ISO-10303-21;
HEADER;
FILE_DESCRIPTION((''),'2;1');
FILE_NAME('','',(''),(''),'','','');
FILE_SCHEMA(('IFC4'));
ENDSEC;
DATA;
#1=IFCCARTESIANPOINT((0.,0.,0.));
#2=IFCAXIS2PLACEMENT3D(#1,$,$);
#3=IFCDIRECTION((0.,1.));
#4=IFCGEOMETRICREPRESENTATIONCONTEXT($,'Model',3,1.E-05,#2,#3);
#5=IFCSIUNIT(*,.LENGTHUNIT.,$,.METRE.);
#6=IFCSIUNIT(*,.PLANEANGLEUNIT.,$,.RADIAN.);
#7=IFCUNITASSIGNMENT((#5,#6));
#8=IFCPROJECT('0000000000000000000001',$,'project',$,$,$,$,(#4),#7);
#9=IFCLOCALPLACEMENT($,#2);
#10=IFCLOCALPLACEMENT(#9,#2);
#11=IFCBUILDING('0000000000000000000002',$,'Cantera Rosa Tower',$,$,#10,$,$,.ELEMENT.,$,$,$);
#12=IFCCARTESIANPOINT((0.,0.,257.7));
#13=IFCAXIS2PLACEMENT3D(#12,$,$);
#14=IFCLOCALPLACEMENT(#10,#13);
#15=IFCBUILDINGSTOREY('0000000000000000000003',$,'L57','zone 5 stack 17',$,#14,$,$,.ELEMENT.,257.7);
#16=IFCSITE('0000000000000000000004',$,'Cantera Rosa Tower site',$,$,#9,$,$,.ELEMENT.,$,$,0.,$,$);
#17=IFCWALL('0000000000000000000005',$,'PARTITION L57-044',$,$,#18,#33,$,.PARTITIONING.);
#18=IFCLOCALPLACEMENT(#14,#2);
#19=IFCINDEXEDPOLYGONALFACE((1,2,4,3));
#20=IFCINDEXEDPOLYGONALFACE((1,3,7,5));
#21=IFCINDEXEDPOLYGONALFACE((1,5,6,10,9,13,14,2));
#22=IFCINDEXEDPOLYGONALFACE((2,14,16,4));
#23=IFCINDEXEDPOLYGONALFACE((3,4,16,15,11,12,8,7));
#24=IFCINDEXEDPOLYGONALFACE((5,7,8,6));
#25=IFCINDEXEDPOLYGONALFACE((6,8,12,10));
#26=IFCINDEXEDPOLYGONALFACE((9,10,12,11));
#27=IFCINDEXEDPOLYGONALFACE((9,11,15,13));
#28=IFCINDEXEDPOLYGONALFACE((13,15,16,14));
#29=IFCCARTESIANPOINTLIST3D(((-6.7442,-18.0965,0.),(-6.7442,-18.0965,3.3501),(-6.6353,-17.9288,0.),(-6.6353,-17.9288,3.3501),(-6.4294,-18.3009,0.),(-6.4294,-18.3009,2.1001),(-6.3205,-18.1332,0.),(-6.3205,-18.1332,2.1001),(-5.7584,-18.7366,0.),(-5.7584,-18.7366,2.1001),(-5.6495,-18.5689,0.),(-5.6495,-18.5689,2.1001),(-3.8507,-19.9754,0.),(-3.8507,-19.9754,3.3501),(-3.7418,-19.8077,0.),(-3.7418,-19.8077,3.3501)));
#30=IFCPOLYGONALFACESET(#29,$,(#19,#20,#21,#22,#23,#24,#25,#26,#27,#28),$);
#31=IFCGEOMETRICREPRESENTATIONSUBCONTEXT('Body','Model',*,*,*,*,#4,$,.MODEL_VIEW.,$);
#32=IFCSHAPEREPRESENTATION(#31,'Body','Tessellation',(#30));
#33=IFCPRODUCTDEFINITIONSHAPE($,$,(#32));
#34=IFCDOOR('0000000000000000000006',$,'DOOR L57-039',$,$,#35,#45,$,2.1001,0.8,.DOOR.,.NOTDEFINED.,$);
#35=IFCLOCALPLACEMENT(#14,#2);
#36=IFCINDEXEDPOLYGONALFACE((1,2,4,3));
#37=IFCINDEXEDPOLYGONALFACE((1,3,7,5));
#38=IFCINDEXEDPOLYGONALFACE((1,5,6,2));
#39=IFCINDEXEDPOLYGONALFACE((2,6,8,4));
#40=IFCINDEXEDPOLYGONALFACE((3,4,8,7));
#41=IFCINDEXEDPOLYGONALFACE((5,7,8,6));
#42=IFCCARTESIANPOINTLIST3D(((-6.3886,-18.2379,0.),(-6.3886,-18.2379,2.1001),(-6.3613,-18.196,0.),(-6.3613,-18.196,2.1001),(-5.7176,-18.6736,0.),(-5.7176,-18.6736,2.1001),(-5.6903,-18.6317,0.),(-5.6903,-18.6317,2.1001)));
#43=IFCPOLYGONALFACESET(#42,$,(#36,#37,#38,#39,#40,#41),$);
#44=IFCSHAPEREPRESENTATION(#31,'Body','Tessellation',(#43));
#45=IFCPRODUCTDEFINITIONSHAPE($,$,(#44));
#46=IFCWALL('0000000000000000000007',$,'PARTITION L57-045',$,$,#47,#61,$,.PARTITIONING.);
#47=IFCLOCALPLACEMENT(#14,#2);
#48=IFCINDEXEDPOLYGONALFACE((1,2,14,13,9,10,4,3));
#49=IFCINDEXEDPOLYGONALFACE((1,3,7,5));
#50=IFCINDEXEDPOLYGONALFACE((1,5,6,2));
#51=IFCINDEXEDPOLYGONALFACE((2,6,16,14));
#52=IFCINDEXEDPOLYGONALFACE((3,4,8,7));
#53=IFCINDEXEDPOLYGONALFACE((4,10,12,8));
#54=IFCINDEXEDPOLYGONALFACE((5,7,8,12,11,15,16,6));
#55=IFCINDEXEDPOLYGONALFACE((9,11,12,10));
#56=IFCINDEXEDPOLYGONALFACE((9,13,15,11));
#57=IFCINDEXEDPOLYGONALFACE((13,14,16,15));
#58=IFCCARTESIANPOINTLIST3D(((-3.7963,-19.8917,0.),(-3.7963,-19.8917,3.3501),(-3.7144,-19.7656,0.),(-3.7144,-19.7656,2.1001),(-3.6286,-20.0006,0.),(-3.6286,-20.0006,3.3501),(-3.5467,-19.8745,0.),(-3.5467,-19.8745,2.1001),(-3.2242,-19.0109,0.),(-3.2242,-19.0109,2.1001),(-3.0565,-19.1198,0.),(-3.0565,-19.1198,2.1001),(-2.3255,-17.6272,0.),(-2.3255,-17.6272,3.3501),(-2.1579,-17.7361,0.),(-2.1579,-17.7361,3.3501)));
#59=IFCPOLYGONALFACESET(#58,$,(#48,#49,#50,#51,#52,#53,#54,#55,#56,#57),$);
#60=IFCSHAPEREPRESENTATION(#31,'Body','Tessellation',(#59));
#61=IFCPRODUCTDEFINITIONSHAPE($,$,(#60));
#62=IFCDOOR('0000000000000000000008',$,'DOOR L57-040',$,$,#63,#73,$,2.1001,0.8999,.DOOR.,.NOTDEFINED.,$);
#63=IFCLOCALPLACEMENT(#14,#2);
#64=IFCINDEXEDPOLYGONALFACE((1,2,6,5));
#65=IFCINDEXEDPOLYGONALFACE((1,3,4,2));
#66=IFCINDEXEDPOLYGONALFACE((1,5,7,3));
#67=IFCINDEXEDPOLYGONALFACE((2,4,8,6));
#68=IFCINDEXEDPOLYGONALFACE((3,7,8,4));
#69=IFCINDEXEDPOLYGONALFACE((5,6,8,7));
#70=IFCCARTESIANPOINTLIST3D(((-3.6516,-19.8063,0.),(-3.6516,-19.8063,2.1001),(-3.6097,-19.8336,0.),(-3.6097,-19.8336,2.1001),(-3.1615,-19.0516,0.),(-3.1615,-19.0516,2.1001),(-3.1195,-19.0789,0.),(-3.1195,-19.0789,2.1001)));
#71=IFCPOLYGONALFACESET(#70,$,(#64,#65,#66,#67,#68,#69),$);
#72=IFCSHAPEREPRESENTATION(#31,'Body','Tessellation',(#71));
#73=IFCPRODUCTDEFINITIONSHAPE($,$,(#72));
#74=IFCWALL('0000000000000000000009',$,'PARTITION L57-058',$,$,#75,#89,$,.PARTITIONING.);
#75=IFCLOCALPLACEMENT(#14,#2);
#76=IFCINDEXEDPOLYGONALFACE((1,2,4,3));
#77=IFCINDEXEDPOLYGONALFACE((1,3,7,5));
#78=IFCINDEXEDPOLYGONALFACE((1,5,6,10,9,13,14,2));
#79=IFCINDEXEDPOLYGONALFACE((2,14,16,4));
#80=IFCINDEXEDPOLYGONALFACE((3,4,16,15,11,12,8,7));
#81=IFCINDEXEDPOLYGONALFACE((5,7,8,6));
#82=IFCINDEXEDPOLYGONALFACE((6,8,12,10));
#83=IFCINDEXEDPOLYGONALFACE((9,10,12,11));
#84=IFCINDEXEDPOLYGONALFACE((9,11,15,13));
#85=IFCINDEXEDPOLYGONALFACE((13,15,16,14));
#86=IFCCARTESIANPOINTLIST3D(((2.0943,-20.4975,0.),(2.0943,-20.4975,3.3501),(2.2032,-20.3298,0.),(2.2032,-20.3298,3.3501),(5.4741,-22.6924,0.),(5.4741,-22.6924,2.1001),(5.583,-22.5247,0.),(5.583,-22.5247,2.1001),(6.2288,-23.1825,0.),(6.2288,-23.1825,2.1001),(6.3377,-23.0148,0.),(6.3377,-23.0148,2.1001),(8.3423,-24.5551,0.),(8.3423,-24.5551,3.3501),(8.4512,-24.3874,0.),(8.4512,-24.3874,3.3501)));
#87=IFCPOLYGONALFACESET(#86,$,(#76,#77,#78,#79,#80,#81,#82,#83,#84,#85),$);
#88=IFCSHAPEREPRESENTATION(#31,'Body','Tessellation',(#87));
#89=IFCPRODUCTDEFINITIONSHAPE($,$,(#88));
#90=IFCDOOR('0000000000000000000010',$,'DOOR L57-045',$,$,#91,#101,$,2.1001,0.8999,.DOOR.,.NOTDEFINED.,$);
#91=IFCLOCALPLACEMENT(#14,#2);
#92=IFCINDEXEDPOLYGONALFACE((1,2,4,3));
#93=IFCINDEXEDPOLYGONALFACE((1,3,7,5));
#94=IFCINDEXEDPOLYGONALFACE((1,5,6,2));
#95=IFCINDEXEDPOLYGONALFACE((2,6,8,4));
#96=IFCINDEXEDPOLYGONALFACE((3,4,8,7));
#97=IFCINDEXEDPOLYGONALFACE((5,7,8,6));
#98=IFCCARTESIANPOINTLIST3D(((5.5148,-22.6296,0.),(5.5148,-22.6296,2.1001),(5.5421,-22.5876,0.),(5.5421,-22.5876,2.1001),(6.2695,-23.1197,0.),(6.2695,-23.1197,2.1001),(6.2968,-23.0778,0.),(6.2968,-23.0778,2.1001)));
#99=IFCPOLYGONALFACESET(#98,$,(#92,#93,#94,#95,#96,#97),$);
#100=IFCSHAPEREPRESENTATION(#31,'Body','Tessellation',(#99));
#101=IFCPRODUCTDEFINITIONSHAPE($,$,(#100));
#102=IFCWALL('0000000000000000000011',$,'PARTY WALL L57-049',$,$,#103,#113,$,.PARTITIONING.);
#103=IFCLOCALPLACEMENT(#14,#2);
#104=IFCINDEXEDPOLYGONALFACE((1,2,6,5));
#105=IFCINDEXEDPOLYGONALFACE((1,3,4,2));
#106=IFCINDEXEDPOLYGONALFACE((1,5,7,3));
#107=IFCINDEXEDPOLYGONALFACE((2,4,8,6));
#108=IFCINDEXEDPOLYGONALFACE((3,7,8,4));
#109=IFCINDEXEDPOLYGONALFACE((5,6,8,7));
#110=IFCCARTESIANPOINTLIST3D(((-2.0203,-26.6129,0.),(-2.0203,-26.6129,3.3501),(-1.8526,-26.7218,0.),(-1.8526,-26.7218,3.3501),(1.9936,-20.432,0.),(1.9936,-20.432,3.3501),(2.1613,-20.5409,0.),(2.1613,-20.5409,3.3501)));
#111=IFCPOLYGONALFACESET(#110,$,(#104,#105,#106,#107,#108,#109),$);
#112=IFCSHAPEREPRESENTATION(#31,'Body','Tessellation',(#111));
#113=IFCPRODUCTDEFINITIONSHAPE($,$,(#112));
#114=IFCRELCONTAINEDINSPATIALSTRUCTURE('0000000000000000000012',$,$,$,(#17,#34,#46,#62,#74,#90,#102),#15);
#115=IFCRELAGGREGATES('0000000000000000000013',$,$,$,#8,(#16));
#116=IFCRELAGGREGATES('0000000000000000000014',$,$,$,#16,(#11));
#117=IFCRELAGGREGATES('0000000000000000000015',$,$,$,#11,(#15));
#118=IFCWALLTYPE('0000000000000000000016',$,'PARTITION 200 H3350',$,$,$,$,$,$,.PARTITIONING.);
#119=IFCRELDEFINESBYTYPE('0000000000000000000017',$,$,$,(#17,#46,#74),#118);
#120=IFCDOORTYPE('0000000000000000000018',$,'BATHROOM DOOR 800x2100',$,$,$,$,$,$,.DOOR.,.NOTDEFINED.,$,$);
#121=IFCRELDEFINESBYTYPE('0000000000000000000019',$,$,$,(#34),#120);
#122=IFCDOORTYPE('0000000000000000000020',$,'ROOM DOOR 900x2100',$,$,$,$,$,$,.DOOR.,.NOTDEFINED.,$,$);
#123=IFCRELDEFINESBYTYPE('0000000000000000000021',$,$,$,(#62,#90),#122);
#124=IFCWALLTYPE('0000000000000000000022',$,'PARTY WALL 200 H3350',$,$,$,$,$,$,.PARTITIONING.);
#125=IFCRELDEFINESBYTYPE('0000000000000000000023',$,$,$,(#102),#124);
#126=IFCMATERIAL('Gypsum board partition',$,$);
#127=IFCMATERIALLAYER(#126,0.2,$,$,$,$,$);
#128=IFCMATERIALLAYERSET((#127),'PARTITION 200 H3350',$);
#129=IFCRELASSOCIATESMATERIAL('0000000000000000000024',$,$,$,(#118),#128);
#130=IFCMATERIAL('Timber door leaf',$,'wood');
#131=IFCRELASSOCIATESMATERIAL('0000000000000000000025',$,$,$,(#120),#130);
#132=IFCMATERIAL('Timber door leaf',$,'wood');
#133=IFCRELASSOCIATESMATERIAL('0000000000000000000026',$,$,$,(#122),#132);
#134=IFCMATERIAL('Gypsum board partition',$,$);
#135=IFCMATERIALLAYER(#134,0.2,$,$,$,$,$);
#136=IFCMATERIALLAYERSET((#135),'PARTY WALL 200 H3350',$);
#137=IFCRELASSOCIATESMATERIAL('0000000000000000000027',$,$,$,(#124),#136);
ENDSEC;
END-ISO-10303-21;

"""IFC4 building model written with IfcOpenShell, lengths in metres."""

from ifc_helpers import new_model, si_unit, direction, frame, frame_2d, origin, place, context, subcontext, project, spatial, rectangle, extrude, material, layer, layer_set, type_object, element, fill, save


model = new_model("IFC4")

# Units and contexts
model_context = context("Model", 3, precision=1e-05, world=origin(), true_north=direction((0.0, 1.0)))
body_context = subcontext(model_context, "Body", "Model", "MODEL_VIEW")
ifc_project = project(units=[si_unit("LENGTHUNIT", "METRE"), si_unit("PLANEANGLEUNIT", "RADIAN")], contexts=[model_context])

# Site, building, storey
site_placement = place(None, origin())
site = spatial("IfcSite", under=ifc_project, at=site_placement, Name="Cantera Rosa Tower site", CompositionType="ELEMENT", RefElevation=0.0)
building_placement = place(site_placement, origin())
building = spatial("IfcBuilding", under=site, at=building_placement, Name="Cantera Rosa Tower", CompositionType="ELEMENT")
storey_placement = place(building_placement, frame((0.0, 0.0, 257.7)))
storey = spatial("IfcBuildingStorey", under=building, at=storey_placement, Name="L57", Description="zone 5 stack 17", CompositionType="ELEMENT", Elevation=257.7)

# Walls, openings, doors
ifc_material_1 = material(Name="Gypsum board partition")
ifc_layer_1 = layer(ifc_material_1, 0.2)
ifc_layer_set_1 = layer_set([ifc_layer_1], Name="PARTITION 200 H3350")
wall_type_1 = type_object("IfcWallType", Name="PARTITION 200 H3350", PredefinedType="PARTITIONING", material=ifc_layer_set_1)
wall_1_placement = place(storey_placement, frame((-3.7961, -19.8916, 0.0), z_axis=(0.0, 0.0, 1.0), x_axis=(-0.838696, 0.5446, 0.0)))
wall_1 = element("IfcWall", 1, at=wall_1_placement, inside=storey, type_object=wall_type_1, Name="PARTITION L57-044", PredefinedType="PARTITIONING", context=body_context, shape_type="SweptSolid", body=[
    extrude(rectangle(XDim=3.45, YDim=0.2, at=frame_2d((1.7251, 0.0))), origin(), (0.0, 0.0, 1.0), 3.3501),
])
opening_1_placement = place(wall_1_placement, frame((2.2749, 0.0, 0.0)))
opening_1 = element("IfcOpeningElement", 2, at=opening_1_placement, cuts=wall_1, PredefinedType="OPENING", context=body_context, shape_type="SweptSolid", body=[
    extrude(rectangle(XDim=0.8, YDim=2.1001, at=frame_2d((0.3999, 1.05))), frame((0.0, 0.1099, 0.0), z_axis=(0.0, -1.0, 0.0), x_axis=(1.0, 0.0, 0.0)), (0.0, 0.0, 1.0), 0.22),
])
ifc_material_2 = material(Name="Timber door leaf", Category="wood")
door_type_1 = type_object("IfcDoorType", Name="BATHROOM DOOR 800x2100", OperationType="NOTDEFINED", PredefinedType="DOOR", material=ifc_material_2)
door_1_placement = place(opening_1_placement, origin())
door_1 = element("IfcDoor", 3, at=door_1_placement, inside=storey, type_object=door_type_1, Name="DOOR L57-039", OperationType="NOTDEFINED", OverallHeight=2.1001, OverallWidth=0.8, PredefinedType="DOOR", context=body_context, shape_type="SweptSolid", body=[
    extrude(rectangle(XDim=0.8, YDim=2.1001, at=frame_2d((0.3999, 1.05))), frame((0.0, 0.0249, 0.0), z_axis=(0.0, -1.0, 0.0), x_axis=(1.0, 0.0, 0.0)), (0.0, 0.0, 1.0), 0.05),
])
fill(opening_1, door_1)
wall_2_placement = place(storey_placement, frame((-2.2417, -17.6816, 0.0), z_axis=(0.0, 0.0, 1.0), x_axis=(-0.544686, -0.83864, 0.0)))
wall_2 = element("IfcWall", 4, at=wall_2_placement, inside=storey, type_object=wall_type_1, Name="PARTITION L57-045", PredefinedType="PARTITIONING", context=body_context, shape_type="SweptSolid", body=[
    extrude(rectangle(XDim=2.7002, YDim=0.2, at=frame_2d((1.3501, 0.0))), origin(), (0.0, 0.0, 1.0), 3.3501),
])
opening_2_placement = place(wall_2_placement, frame((1.6499, 0.0, 0.0)))
opening_2 = element("IfcOpeningElement", 5, at=opening_2_placement, cuts=wall_2, PredefinedType="OPENING", context=body_context, shape_type="SweptSolid", body=[
    extrude(rectangle(XDim=0.8999, YDim=2.1001, at=frame_2d((0.45, 1.05))), frame((0.0, 0.1099, 0.0), z_axis=(0.0, -1.0, 0.0), x_axis=(1.0, 0.0, 0.0)), (0.0, 0.0, 1.0), 0.22),
])
ifc_material_3 = material(Name="Timber door leaf", Category="wood")
door_type_2 = type_object("IfcDoorType", Name="ROOM DOOR 900x2100", OperationType="NOTDEFINED", PredefinedType="DOOR", material=ifc_material_3)
door_2_placement = place(opening_2_placement, origin())
door_2 = element("IfcDoor", 6, at=door_2_placement, inside=storey, type_object=door_type_2, Name="DOOR L57-040", OperationType="NOTDEFINED", OverallHeight=2.1001, OverallWidth=0.8999, PredefinedType="DOOR", context=body_context, shape_type="SweptSolid", body=[
    extrude(rectangle(XDim=0.8999, YDim=2.1001, at=frame_2d((0.45, 1.05))), frame((0.0, 0.0249, 0.0), z_axis=(0.0, -1.0, 0.0), x_axis=(1.0, 0.0, 0.0)), (0.0, 0.0, 1.0), 0.05),
])
fill(opening_2, door_2)
wall_3_placement = place(storey_placement, frame((2.1487, -20.4136, 0.0), z_axis=(0.0, 0.0, 1.0), x_axis=(0.838665, -0.544647, 0.0)))
wall_3 = element("IfcWall", 7, at=wall_3_placement, inside=storey, type_object=wall_type_1, Name="PARTITION L57-058", PredefinedType="PARTITIONING", context=body_context, shape_type="SweptSolid", body=[
    extrude(rectangle(XDim=7.45, YDim=0.2, at=frame_2d((3.7251, 0.0))), origin(), (0.0, 0.0, 1.0), 3.3501),
])
opening_3_placement = place(wall_3_placement, frame((4.03, 0.0, 0.0)))
opening_3 = element("IfcOpeningElement", 8, at=opening_3_placement, cuts=wall_3, PredefinedType="OPENING", context=body_context, shape_type="SweptSolid", body=[
    extrude(rectangle(XDim=0.8999, YDim=2.1001, at=frame_2d((0.45, 1.05))), frame((0.0, 0.1099, 0.0), z_axis=(0.0, -1.0, 0.0), x_axis=(1.0, 0.0, 0.0)), (0.0, 0.0, 1.0), 0.22),
])
door_3_placement = place(opening_3_placement, origin())
door_3 = element("IfcDoor", 9, at=door_3_placement, inside=storey, type_object=door_type_2, Name="DOOR L57-045", OperationType="NOTDEFINED", OverallHeight=2.1001, OverallWidth=0.8999, PredefinedType="DOOR", context=body_context, shape_type="SweptSolid", body=[
    extrude(rectangle(XDim=0.8999, YDim=2.1001, at=frame_2d((0.45, 1.05))), frame((0.0, 0.0249, 0.0), z_axis=(0.0, -1.0, 0.0), x_axis=(1.0, 0.0, 0.0)), (0.0, 0.0, 1.0), 0.05),
])
fill(opening_3, door_3)

# Wall
ifc_material_4 = material(Name="Gypsum board partition")
ifc_layer_2 = layer(ifc_material_4, 0.2)
ifc_layer_set_2 = layer_set([ifc_layer_2], Name="PARTY WALL 200 H3350")
wall_type_2 = type_object("IfcWallType", Name="PARTY WALL 200 H3350", PredefinedType="PARTITIONING", material=ifc_layer_set_2)
wall_4_placement = place(storey_placement, frame((-1.9365, -26.6675, 0.0), z_axis=(0.0, 0.0, 1.0), x_axis=(0.544638, 0.838671, 0.0)))
element("IfcWall", 10, at=wall_4_placement, inside=storey, type_object=wall_type_2, Name="PARTY WALL L57-049", PredefinedType="PARTITIONING", context=body_context, shape_type="SweptSolid", body=[
    extrude(rectangle(XDim=7.3699, YDim=0.2, at=frame_2d((3.6851, 0.0))), origin(), (0.0, 0.0, 1.0), 3.3501),
])

save(model, "model.ifc")
